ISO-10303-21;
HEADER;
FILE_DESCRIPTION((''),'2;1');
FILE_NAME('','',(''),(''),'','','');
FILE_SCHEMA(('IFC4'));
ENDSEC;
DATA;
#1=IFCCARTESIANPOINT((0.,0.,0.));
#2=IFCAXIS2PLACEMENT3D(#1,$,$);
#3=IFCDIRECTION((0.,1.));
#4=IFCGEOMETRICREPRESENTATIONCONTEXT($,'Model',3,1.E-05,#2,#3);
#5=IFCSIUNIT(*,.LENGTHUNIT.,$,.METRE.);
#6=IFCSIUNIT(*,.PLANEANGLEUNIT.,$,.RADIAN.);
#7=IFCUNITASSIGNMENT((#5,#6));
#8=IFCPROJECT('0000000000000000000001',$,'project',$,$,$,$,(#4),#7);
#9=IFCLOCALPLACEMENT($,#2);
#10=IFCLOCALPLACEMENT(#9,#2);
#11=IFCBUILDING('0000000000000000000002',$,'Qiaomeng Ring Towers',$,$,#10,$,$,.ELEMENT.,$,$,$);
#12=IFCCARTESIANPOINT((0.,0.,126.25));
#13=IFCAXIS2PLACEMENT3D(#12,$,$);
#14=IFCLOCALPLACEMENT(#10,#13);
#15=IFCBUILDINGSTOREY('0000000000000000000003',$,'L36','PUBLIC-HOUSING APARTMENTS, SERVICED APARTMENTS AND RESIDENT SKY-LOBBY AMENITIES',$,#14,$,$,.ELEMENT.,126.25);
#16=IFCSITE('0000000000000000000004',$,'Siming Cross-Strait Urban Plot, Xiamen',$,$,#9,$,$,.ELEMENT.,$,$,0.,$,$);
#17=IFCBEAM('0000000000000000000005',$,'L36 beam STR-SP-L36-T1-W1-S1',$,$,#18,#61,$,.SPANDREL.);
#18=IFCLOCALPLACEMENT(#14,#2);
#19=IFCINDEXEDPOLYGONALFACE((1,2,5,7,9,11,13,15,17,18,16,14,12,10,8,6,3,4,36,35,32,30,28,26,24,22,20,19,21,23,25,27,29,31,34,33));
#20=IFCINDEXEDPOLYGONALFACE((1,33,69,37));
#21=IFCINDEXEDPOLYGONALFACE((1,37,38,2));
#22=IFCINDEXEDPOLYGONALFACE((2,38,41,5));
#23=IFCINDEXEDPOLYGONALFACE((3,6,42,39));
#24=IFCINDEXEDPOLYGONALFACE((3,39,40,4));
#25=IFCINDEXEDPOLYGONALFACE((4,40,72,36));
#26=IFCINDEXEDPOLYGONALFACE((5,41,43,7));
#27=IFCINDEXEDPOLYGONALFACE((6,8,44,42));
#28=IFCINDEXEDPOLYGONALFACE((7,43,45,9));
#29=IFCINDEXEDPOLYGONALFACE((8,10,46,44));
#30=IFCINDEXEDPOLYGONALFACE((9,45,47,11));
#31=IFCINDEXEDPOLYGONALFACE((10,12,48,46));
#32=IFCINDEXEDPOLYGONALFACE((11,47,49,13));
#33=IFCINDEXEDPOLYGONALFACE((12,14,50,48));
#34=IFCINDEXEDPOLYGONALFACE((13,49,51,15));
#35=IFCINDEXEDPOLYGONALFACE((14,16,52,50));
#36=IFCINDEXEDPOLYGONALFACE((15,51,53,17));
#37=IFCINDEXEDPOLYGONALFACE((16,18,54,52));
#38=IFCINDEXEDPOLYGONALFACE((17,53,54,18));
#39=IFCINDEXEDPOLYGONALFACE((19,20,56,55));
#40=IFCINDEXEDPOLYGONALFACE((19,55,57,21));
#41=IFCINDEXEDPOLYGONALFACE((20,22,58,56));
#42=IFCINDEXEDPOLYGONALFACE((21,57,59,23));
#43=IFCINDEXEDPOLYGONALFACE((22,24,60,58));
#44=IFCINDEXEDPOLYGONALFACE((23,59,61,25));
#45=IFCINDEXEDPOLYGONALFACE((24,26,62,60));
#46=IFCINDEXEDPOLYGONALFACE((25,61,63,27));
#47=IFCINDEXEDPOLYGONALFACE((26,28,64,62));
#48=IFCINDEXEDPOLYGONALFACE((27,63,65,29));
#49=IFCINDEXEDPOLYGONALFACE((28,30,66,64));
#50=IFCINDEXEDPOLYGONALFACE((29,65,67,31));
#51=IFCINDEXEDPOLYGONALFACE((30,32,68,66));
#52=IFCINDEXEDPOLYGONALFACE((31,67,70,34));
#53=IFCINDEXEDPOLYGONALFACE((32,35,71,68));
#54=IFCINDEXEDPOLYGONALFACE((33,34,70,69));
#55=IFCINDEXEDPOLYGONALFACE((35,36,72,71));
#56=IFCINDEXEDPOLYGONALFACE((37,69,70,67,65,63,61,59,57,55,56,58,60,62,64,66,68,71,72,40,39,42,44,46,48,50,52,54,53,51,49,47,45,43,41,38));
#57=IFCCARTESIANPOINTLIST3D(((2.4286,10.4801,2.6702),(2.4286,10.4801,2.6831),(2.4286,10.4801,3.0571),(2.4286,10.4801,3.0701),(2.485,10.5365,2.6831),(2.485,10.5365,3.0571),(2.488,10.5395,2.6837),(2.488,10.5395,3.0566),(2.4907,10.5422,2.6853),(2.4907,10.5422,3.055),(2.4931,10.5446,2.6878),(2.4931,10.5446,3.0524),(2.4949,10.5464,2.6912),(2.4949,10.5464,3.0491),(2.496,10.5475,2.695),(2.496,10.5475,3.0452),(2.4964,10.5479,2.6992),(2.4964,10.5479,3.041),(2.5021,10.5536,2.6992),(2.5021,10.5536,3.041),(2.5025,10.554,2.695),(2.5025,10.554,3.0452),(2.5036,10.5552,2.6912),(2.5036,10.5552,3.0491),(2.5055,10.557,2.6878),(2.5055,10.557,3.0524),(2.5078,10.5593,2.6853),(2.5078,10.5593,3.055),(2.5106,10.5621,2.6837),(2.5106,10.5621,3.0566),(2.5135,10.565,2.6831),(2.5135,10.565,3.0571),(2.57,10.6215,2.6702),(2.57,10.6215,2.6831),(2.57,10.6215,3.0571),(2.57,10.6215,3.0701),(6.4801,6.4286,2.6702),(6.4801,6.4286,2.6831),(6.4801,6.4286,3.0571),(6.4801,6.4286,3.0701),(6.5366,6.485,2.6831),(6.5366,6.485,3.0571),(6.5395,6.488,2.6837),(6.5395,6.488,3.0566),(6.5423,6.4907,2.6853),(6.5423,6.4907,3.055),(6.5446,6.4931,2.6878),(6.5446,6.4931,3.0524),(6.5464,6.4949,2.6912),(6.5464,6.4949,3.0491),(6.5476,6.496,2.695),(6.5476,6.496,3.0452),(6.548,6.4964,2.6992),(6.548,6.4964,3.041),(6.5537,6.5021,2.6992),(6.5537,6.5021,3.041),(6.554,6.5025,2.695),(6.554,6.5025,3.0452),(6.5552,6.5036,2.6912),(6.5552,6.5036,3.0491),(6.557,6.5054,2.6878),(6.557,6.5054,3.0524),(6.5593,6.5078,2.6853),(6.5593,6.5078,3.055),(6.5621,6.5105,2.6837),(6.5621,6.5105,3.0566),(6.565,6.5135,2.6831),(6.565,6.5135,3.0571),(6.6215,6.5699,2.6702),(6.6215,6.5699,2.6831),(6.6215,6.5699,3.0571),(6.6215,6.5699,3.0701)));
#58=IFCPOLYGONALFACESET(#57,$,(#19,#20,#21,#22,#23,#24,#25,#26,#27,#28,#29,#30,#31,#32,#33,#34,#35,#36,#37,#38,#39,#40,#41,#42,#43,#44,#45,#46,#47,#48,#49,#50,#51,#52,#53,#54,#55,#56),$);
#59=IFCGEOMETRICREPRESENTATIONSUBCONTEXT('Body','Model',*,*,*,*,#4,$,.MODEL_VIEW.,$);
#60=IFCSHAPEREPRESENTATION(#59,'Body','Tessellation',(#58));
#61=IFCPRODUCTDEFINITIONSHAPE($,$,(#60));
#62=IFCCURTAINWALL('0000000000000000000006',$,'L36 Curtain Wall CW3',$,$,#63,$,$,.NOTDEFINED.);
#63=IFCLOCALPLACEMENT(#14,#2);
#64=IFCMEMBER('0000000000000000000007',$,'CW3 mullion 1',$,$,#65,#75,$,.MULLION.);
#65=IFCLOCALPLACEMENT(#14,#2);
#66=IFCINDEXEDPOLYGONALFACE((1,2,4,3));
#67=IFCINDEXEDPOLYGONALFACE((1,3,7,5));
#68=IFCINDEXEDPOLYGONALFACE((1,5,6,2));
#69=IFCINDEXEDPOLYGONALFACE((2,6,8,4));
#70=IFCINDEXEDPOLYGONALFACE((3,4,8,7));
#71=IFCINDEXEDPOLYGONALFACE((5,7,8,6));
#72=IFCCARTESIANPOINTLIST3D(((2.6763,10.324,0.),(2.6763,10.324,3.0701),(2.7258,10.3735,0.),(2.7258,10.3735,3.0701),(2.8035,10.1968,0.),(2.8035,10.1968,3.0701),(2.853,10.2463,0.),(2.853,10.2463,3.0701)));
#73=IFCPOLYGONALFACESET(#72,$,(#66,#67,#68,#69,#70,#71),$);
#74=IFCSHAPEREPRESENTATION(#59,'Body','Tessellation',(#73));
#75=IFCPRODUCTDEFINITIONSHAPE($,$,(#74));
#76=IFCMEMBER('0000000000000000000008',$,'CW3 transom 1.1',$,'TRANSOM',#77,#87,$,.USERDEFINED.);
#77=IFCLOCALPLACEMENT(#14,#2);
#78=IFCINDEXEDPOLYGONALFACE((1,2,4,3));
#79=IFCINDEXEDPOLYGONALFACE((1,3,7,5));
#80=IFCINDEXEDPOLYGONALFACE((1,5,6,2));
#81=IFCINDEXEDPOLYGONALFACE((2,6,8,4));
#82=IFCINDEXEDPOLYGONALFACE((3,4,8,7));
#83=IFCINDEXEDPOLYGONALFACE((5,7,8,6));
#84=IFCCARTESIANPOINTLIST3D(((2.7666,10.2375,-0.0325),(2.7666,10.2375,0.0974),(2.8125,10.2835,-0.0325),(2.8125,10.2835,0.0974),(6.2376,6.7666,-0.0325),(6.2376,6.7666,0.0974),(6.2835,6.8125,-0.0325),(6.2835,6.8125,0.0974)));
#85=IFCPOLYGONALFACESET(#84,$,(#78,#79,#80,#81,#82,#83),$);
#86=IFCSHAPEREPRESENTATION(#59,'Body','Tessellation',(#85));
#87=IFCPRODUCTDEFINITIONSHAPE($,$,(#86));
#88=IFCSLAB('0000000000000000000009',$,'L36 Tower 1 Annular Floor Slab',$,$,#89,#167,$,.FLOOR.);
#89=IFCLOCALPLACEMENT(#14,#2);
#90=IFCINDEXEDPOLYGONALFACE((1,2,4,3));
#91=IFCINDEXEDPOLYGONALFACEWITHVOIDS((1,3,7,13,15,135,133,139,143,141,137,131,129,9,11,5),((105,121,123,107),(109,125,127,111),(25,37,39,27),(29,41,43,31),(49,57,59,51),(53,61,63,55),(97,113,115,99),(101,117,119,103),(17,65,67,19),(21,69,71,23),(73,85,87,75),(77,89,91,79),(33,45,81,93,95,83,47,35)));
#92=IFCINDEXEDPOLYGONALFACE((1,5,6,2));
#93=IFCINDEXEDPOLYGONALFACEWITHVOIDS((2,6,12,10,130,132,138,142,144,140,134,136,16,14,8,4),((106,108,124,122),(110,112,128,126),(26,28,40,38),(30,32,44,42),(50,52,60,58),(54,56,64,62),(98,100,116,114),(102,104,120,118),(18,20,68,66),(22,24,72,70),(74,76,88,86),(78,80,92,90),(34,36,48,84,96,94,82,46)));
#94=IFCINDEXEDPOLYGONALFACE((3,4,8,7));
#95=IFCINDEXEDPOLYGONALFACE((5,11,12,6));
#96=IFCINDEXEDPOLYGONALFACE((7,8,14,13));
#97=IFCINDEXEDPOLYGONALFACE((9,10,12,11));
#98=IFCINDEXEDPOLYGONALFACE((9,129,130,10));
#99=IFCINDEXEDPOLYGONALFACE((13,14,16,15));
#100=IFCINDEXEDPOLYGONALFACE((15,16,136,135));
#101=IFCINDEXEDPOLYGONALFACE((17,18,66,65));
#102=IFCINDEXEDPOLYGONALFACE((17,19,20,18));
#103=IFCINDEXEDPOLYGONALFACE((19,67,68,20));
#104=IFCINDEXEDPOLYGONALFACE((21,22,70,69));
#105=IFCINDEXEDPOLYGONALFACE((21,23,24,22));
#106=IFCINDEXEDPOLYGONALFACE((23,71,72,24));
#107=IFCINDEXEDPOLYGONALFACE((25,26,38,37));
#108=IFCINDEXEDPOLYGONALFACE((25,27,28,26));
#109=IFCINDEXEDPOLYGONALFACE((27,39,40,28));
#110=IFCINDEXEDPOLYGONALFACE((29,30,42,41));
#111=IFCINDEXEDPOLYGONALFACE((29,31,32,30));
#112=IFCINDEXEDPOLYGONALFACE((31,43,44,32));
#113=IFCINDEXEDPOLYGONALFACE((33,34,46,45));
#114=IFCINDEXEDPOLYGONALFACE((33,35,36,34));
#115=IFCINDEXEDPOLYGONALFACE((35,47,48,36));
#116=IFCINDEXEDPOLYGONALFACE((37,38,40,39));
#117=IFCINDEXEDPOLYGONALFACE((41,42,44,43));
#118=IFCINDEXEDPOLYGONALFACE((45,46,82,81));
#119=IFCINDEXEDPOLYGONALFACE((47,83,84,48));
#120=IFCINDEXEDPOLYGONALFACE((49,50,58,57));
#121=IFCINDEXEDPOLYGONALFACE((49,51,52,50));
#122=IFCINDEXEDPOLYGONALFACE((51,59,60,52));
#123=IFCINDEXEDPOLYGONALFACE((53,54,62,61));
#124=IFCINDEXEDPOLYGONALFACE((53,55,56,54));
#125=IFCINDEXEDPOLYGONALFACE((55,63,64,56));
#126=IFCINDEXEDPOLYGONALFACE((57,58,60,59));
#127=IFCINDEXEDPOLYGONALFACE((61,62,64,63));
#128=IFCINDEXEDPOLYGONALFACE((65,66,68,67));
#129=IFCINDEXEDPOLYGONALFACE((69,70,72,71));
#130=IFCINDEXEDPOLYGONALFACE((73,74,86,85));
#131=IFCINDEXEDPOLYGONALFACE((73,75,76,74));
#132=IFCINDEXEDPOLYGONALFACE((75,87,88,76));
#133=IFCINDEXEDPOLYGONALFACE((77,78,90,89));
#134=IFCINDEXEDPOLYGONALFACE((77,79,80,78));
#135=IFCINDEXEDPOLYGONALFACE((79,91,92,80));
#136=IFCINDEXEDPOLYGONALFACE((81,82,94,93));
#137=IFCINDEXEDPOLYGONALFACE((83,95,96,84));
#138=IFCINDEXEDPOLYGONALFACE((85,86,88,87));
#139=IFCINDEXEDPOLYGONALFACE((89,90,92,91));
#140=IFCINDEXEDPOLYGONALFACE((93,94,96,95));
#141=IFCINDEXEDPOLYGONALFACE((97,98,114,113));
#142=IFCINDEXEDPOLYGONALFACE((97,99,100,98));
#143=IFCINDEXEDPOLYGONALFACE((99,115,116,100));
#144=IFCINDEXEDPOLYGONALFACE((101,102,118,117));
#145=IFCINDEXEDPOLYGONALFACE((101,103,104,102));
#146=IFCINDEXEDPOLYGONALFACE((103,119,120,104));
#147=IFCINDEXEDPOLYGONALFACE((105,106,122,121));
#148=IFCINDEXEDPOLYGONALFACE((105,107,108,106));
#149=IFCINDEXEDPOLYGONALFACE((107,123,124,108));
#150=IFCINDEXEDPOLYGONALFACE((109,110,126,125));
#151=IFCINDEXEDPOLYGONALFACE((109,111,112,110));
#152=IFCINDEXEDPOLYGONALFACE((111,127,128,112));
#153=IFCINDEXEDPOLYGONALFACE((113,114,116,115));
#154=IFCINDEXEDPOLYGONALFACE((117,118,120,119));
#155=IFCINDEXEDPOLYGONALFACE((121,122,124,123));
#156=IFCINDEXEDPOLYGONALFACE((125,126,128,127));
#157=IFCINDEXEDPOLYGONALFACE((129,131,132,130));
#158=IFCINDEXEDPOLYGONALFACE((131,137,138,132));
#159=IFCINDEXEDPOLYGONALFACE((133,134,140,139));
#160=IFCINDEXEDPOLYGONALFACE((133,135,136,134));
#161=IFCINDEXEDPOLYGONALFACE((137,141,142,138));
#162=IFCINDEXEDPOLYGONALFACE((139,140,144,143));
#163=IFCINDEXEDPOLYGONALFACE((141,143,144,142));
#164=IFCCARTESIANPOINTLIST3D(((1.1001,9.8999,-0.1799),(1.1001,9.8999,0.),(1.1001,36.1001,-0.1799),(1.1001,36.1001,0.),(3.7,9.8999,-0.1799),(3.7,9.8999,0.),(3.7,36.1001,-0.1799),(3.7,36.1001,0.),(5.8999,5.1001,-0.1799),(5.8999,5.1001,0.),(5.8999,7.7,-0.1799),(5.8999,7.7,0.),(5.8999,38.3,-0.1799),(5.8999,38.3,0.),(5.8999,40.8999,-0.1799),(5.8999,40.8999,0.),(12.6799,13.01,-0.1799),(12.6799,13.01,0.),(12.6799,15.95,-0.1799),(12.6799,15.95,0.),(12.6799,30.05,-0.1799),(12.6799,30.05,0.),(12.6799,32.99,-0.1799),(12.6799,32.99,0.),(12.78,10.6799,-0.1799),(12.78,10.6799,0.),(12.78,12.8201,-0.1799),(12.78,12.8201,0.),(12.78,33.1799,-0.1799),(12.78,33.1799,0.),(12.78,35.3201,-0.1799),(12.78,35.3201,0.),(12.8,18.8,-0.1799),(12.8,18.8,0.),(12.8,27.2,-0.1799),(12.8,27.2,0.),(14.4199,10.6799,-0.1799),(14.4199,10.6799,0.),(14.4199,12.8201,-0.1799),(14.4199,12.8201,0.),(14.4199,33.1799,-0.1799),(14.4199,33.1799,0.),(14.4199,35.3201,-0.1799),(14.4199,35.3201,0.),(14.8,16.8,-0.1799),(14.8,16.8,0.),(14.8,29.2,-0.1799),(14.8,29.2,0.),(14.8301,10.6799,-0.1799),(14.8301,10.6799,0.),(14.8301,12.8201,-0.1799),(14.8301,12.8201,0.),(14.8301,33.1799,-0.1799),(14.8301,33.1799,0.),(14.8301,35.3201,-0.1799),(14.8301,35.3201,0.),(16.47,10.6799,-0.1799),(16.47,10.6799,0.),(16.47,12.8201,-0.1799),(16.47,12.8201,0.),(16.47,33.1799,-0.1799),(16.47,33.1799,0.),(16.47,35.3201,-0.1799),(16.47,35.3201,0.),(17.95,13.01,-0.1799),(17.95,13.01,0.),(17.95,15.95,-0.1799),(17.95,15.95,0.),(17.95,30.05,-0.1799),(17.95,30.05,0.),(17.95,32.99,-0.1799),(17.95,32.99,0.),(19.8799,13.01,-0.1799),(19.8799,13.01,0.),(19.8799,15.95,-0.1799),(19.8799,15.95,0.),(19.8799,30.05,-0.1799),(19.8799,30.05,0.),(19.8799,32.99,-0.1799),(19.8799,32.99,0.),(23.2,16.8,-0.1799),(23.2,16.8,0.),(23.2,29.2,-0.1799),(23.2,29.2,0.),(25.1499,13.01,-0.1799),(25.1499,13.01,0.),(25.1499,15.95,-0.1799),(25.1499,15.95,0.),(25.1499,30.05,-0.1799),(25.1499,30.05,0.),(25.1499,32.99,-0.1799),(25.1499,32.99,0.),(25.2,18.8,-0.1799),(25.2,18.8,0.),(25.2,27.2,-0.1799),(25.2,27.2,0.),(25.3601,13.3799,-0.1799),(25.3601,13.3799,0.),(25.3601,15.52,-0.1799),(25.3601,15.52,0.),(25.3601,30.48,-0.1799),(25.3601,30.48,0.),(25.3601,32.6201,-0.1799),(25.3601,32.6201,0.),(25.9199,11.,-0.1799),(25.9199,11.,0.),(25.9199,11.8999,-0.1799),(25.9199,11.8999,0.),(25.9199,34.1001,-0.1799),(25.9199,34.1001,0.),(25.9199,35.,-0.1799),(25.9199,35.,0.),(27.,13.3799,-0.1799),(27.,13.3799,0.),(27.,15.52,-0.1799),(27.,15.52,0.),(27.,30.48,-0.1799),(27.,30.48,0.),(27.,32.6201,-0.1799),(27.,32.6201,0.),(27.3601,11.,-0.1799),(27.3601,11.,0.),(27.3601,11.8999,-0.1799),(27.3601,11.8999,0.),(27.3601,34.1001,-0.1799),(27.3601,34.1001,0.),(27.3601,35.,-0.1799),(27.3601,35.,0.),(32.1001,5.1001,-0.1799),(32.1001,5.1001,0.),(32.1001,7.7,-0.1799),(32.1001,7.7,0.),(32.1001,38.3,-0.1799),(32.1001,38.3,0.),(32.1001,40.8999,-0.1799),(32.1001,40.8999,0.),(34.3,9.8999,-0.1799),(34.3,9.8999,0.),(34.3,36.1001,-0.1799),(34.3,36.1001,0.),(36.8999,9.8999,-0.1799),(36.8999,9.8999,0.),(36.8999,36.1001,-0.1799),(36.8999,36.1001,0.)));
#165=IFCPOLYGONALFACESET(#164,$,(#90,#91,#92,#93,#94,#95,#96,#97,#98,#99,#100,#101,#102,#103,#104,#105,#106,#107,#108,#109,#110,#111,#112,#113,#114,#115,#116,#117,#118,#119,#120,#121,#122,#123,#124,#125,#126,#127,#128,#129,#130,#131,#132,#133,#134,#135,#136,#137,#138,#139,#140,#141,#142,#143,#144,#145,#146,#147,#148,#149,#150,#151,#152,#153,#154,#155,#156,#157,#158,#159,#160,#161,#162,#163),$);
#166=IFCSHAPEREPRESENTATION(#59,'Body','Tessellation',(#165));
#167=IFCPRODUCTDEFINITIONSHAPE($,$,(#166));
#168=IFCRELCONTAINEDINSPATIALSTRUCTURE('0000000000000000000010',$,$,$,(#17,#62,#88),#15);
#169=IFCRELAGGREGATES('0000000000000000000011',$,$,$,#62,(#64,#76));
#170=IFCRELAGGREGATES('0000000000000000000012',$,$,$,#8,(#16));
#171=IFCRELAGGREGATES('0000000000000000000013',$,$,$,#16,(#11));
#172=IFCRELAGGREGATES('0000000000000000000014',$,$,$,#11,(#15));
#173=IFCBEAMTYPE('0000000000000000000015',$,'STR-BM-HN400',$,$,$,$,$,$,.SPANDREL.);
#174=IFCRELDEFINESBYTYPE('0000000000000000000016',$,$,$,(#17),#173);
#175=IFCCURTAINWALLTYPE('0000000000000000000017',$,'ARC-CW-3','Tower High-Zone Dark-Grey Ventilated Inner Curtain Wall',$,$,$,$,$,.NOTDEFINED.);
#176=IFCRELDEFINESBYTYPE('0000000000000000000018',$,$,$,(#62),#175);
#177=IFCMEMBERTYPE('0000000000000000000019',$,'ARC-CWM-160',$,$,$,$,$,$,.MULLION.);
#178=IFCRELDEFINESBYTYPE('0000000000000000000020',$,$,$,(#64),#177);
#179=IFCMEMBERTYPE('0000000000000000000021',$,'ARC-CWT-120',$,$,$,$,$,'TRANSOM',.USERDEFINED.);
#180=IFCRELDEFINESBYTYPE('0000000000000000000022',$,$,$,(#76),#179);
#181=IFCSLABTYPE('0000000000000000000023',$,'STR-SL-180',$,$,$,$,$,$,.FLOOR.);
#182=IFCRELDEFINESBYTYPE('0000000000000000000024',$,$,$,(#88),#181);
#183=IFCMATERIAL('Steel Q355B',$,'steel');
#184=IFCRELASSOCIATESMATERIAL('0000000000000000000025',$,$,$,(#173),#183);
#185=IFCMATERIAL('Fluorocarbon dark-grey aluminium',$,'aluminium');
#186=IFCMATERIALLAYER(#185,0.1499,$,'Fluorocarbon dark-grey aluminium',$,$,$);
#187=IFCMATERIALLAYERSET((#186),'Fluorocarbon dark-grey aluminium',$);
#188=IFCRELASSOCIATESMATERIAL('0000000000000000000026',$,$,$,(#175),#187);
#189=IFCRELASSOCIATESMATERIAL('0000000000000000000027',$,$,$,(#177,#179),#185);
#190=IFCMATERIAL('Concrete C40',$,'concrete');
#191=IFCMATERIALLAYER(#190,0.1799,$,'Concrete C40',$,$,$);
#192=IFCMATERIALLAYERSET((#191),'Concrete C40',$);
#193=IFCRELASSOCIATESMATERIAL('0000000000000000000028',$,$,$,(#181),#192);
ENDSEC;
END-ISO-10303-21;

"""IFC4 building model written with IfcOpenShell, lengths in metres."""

from ifc_helpers import new_model, si_unit, direction, frame, origin, origin_2d, place, context, subcontext, project, spatial, polyline, rectangle, i_section, outline, extrude, source, transform, mapped, material, layer, layer_set, material_profile, profile_set, type_object, element, aggregate, save


model = new_model("IFC4")

# Units and contexts
model_context = context("Model", 3, precision=1e-05, world=origin(), true_north=direction((0.0, 1.0)))
body_context = subcontext(model_context, "Body", "Model", "MODEL_VIEW")
ifc_project = project(units=[si_unit("LENGTHUNIT", "METRE"), si_unit("PLANEANGLEUNIT", "RADIAN")], contexts=[model_context])

# Site, building, storey
site_placement = place(None, origin())
site = spatial("IfcSite", under=ifc_project, at=site_placement, Name="Siming Cross-Strait Urban Plot, Xiamen", CompositionType="ELEMENT", RefElevation=0.0)
building_placement = place(site_placement, origin())
building = spatial("IfcBuilding", under=site, at=building_placement, Name="Qiaomeng Ring Towers", CompositionType="ELEMENT")
storey_placement = place(building_placement, frame((0.0, 0.0, 126.25)))
storey = spatial("IfcBuildingStorey", under=building, at=storey_placement, Name="L36", Description="PUBLIC-HOUSING APARTMENTS, SERVICED APARTMENTS AND RESIDENT SKY-LOBBY AMENITIES", CompositionType="ELEMENT", Elevation=126.25)

# Beam
ifc_material_1 = material(Name="Steel Q355B", Category="steel")
ifc_material_profile_1 = material_profile(ifc_material_1, i_section(OverallWidth=0.2, OverallDepth=0.3999, WebThickness=0.0081, FlangeThickness=0.0129, FilletRadius=0.0161, at=origin_2d()), Name="HN 400x200x8x13")
ifc_profile_set_1 = profile_set([ifc_material_profile_1], Name="Steel Q355B")
beam_type = type_object("IfcBeamType", Name="STR-BM-HN400", PredefinedType="SPANDREL", material=ifc_profile_set_1)
shared_shape_1 = source(origin(), body_context, "Body", "SweptSolid", [
    extrude(i_section(OverallWidth=0.2, OverallDepth=0.3999, WebThickness=0.0081, FlangeThickness=0.0129, FilletRadius=0.0161, at=origin_2d()), origin(), (0.0, 0.0, 1.0), 5.7297),
])
beam_placement = place(storey_placement, frame((2.4993, 10.5508, 2.8701), z_axis=(0.707107, -0.707107, 0.0), x_axis=(0.707107, 0.707107, 0.0)))
element("IfcBeam", 1, at=beam_placement, inside=storey, type_object=beam_type, Name="L36 beam STR-SP-L36-T1-W1-S1", PredefinedType="SPANDREL", context=body_context, shape_type="MappedRepresentation", body=[
    mapped(shared_shape_1, transform((0.0, 0.0, 0.0), x_axis=(1.0, 0.0, 0.0), y_axis=(0.0, 1.0, 0.0), z_axis=(0.0, 0.0, 1.0), scale=1.0)),
])

# Curtain wall, members
ifc_material_2 = material(Name="Fluorocarbon dark-grey aluminium", Category="aluminium")
ifc_layer_1 = layer(ifc_material_2, 0.1499, Name="Fluorocarbon dark-grey aluminium")
ifc_layer_set_1 = layer_set([ifc_layer_1], Name="Fluorocarbon dark-grey aluminium")
curtain_wall_type = type_object("IfcCurtainWallType", Name="ARC-CW-3", Description="Tower High-Zone Dark-Grey Ventilated Inner Curtain Wall", PredefinedType="NOTDEFINED", material=ifc_layer_set_1)
curtain_wall_placement = place(storey_placement, origin())
curtain_wall = element("IfcCurtainWall", 2, at=curtain_wall_placement, inside=storey, type_object=curtain_wall_type, Name="L36 Curtain Wall CW3", PredefinedType="NOTDEFINED")
ifc_material_profile_2 = material_profile(ifc_material_2, rectangle(XDim=0.0701, YDim=0.1799, at=origin_2d()), Name="ALU MULL 70x180")
ifc_profile_set_2 = profile_set([ifc_material_profile_2], Name="Fluorocarbon dark-grey aluminium")
member_type_1 = type_object("IfcMemberType", Name="ARC-CWM-160", PredefinedType="MULLION", material=ifc_profile_set_2)
shared_shape_2 = source(origin(), body_context, "Body", "SweptSolid", [
    extrude(rectangle(XDim=0.0701, YDim=0.1799, at=origin_2d()), origin(), (0.0, 0.0, 1.0), 3.0701),
])
member_1_placement = place(storey_placement, frame((2.7646, 10.2852, 0.0), z_axis=(0.0, 0.0, 1.0), x_axis=(0.707107, 0.707107, 0.0)))
member_1 = element("IfcMember", 3, at=member_1_placement, type_object=member_type_1, Name="CW3 mullion 1", PredefinedType="MULLION", context=body_context, shape_type="MappedRepresentation", body=[
    mapped(shared_shape_2, transform((0.0, 0.0, 0.0), x_axis=(1.0, 0.0, 0.0), y_axis=(0.0, 1.0, 0.0), z_axis=(0.0, 0.0, 1.0), scale=1.0)),
])
ifc_material_profile_3 = material_profile(ifc_material_2, rectangle(XDim=0.0649, YDim=0.1299, at=origin_2d()), Name="ALU TRAN 65x130")
ifc_profile_set_3 = profile_set([ifc_material_profile_3], Name="Fluorocarbon dark-grey aluminium")
member_type_2 = type_object("IfcMemberType", Name="ARC-CWT-120", ElementType="TRANSOM", PredefinedType="USERDEFINED", material=ifc_profile_set_3)
shared_shape_3 = source(origin(), body_context, "Body", "SweptSolid", [
    extrude(rectangle(XDim=0.0649, YDim=0.1299, at=origin_2d()), origin(), (0.0, 0.0, 1.0), 4.9087),
])
member_2_placement = place(storey_placement, frame((2.7896, 10.2605, 0.0325), z_axis=(0.707107, -0.707107, 0.0), x_axis=(0.707107, 0.707107, 0.0)))
member_2 = element("IfcMember", 4, at=member_2_placement, type_object=member_type_2, Name="CW3 transom 1.1", ObjectType="TRANSOM", PredefinedType="USERDEFINED", context=body_context, shape_type="MappedRepresentation", body=[
    mapped(shared_shape_3, transform((0.0, 0.0, 0.0), x_axis=(1.0, 0.0, 0.0), y_axis=(0.0, 1.0, 0.0), z_axis=(0.0, 0.0, 1.0), scale=1.0)),
])
aggregate(curtain_wall, [member_1, member_2])

# Slab
ifc_material_3 = material(Name="Concrete C40", Category="concrete")
ifc_layer_2 = layer(ifc_material_3, 0.1799, Name="Concrete C40")
ifc_layer_set_2 = layer_set([ifc_layer_2], Name="Concrete C40")
slab_type_1 = type_object("IfcSlabType", Name="STR-SL-180", PredefinedType="FLOOR", material=ifc_layer_set_2)
slab_1_placement = place(storey_placement, frame((0.0, 0.0, -0.1799)))
element("IfcSlab", 5, at=slab_1_placement, inside=storey, type_object=slab_type_1, Name="L36 Tower 1 Annular Floor Slab", PredefinedType="FLOOR", context=body_context, shape_type="SweptSolid", body=[
    extrude(outline(polyline([(5.8999, 5.1001), (32.1001, 5.1001), (32.1001, 7.7), (34.3, 9.8999), (36.8999, 9.8999), (36.8999, 36.1001), (34.3, 36.1001), (32.1001, 38.3), (32.1001, 40.8999), (5.8999, 40.8999), (5.8999, 38.3), (3.7, 36.1001), (1.1001, 36.1001), (1.1001, 9.8999), (3.7, 9.8999), (5.8999, 7.7), (5.8999, 5.1001)]), holes=[polyline([(12.78, 10.6799), (12.78, 12.8201), (14.4199, 12.8201), (14.4199, 10.6799), (12.78, 10.6799)]), polyline([(14.8301, 12.8201), (16.47, 12.8201), (16.47, 10.6799), (14.8301, 10.6799), (14.8301, 12.8201)]), polyline([(12.6799, 15.95), (17.95, 15.95), (17.95, 13.01), (12.6799, 13.01), (12.6799, 15.95)]), polyline([(23.2, 29.2), (25.2, 27.2), (25.2, 18.8), (23.2, 16.8), (14.8, 16.8), (12.8, 18.8), (12.8, 27.2), (14.8, 29.2), (23.2, 29.2)]), polyline([(12.6799, 32.99), (17.95, 32.99), (17.95, 30.05), (12.6799, 30.05), (12.6799, 32.99)]), polyline([(12.78, 35.3201), (14.4199, 35.3201), (14.4199, 33.1799), (12.78, 33.1799), (12.78, 35.3201)]), polyline([(14.8301, 33.1799), (14.8301, 35.3201), (16.47, 35.3201), (16.47, 33.1799), (14.8301, 33.1799)]), polyline([(25.9199, 11.8999), (27.3601, 11.8999), (27.3601, 11.0), (25.9199, 11.0), (25.9199, 11.8999)]), polyline([(25.3601, 15.52), (27.0, 15.52), (27.0, 13.3799), (25.3601, 13.3799), (25.3601, 15.52)]), polyline([(19.8799, 15.95), (25.1499, 15.95), (25.1499, 13.01), (19.8799, 13.01), (19.8799, 15.95)]), polyline([(19.8799, 32.99), (25.1499, 32.99), (25.1499, 30.05), (19.8799, 30.05), (19.8799, 32.99)]), polyline([(25.3601, 32.6201), (27.0, 32.6201), (27.0, 30.48), (25.3601, 30.48), (25.3601, 32.6201)]), polyline([(25.9199, 35.0), (27.3601, 35.0), (27.3601, 34.1001), (25.9199, 34.1001), (25.9199, 35.0)])]), origin(), (0.0, 0.0, 1.0), 0.1799),
])

save(model, "model.ifc")
